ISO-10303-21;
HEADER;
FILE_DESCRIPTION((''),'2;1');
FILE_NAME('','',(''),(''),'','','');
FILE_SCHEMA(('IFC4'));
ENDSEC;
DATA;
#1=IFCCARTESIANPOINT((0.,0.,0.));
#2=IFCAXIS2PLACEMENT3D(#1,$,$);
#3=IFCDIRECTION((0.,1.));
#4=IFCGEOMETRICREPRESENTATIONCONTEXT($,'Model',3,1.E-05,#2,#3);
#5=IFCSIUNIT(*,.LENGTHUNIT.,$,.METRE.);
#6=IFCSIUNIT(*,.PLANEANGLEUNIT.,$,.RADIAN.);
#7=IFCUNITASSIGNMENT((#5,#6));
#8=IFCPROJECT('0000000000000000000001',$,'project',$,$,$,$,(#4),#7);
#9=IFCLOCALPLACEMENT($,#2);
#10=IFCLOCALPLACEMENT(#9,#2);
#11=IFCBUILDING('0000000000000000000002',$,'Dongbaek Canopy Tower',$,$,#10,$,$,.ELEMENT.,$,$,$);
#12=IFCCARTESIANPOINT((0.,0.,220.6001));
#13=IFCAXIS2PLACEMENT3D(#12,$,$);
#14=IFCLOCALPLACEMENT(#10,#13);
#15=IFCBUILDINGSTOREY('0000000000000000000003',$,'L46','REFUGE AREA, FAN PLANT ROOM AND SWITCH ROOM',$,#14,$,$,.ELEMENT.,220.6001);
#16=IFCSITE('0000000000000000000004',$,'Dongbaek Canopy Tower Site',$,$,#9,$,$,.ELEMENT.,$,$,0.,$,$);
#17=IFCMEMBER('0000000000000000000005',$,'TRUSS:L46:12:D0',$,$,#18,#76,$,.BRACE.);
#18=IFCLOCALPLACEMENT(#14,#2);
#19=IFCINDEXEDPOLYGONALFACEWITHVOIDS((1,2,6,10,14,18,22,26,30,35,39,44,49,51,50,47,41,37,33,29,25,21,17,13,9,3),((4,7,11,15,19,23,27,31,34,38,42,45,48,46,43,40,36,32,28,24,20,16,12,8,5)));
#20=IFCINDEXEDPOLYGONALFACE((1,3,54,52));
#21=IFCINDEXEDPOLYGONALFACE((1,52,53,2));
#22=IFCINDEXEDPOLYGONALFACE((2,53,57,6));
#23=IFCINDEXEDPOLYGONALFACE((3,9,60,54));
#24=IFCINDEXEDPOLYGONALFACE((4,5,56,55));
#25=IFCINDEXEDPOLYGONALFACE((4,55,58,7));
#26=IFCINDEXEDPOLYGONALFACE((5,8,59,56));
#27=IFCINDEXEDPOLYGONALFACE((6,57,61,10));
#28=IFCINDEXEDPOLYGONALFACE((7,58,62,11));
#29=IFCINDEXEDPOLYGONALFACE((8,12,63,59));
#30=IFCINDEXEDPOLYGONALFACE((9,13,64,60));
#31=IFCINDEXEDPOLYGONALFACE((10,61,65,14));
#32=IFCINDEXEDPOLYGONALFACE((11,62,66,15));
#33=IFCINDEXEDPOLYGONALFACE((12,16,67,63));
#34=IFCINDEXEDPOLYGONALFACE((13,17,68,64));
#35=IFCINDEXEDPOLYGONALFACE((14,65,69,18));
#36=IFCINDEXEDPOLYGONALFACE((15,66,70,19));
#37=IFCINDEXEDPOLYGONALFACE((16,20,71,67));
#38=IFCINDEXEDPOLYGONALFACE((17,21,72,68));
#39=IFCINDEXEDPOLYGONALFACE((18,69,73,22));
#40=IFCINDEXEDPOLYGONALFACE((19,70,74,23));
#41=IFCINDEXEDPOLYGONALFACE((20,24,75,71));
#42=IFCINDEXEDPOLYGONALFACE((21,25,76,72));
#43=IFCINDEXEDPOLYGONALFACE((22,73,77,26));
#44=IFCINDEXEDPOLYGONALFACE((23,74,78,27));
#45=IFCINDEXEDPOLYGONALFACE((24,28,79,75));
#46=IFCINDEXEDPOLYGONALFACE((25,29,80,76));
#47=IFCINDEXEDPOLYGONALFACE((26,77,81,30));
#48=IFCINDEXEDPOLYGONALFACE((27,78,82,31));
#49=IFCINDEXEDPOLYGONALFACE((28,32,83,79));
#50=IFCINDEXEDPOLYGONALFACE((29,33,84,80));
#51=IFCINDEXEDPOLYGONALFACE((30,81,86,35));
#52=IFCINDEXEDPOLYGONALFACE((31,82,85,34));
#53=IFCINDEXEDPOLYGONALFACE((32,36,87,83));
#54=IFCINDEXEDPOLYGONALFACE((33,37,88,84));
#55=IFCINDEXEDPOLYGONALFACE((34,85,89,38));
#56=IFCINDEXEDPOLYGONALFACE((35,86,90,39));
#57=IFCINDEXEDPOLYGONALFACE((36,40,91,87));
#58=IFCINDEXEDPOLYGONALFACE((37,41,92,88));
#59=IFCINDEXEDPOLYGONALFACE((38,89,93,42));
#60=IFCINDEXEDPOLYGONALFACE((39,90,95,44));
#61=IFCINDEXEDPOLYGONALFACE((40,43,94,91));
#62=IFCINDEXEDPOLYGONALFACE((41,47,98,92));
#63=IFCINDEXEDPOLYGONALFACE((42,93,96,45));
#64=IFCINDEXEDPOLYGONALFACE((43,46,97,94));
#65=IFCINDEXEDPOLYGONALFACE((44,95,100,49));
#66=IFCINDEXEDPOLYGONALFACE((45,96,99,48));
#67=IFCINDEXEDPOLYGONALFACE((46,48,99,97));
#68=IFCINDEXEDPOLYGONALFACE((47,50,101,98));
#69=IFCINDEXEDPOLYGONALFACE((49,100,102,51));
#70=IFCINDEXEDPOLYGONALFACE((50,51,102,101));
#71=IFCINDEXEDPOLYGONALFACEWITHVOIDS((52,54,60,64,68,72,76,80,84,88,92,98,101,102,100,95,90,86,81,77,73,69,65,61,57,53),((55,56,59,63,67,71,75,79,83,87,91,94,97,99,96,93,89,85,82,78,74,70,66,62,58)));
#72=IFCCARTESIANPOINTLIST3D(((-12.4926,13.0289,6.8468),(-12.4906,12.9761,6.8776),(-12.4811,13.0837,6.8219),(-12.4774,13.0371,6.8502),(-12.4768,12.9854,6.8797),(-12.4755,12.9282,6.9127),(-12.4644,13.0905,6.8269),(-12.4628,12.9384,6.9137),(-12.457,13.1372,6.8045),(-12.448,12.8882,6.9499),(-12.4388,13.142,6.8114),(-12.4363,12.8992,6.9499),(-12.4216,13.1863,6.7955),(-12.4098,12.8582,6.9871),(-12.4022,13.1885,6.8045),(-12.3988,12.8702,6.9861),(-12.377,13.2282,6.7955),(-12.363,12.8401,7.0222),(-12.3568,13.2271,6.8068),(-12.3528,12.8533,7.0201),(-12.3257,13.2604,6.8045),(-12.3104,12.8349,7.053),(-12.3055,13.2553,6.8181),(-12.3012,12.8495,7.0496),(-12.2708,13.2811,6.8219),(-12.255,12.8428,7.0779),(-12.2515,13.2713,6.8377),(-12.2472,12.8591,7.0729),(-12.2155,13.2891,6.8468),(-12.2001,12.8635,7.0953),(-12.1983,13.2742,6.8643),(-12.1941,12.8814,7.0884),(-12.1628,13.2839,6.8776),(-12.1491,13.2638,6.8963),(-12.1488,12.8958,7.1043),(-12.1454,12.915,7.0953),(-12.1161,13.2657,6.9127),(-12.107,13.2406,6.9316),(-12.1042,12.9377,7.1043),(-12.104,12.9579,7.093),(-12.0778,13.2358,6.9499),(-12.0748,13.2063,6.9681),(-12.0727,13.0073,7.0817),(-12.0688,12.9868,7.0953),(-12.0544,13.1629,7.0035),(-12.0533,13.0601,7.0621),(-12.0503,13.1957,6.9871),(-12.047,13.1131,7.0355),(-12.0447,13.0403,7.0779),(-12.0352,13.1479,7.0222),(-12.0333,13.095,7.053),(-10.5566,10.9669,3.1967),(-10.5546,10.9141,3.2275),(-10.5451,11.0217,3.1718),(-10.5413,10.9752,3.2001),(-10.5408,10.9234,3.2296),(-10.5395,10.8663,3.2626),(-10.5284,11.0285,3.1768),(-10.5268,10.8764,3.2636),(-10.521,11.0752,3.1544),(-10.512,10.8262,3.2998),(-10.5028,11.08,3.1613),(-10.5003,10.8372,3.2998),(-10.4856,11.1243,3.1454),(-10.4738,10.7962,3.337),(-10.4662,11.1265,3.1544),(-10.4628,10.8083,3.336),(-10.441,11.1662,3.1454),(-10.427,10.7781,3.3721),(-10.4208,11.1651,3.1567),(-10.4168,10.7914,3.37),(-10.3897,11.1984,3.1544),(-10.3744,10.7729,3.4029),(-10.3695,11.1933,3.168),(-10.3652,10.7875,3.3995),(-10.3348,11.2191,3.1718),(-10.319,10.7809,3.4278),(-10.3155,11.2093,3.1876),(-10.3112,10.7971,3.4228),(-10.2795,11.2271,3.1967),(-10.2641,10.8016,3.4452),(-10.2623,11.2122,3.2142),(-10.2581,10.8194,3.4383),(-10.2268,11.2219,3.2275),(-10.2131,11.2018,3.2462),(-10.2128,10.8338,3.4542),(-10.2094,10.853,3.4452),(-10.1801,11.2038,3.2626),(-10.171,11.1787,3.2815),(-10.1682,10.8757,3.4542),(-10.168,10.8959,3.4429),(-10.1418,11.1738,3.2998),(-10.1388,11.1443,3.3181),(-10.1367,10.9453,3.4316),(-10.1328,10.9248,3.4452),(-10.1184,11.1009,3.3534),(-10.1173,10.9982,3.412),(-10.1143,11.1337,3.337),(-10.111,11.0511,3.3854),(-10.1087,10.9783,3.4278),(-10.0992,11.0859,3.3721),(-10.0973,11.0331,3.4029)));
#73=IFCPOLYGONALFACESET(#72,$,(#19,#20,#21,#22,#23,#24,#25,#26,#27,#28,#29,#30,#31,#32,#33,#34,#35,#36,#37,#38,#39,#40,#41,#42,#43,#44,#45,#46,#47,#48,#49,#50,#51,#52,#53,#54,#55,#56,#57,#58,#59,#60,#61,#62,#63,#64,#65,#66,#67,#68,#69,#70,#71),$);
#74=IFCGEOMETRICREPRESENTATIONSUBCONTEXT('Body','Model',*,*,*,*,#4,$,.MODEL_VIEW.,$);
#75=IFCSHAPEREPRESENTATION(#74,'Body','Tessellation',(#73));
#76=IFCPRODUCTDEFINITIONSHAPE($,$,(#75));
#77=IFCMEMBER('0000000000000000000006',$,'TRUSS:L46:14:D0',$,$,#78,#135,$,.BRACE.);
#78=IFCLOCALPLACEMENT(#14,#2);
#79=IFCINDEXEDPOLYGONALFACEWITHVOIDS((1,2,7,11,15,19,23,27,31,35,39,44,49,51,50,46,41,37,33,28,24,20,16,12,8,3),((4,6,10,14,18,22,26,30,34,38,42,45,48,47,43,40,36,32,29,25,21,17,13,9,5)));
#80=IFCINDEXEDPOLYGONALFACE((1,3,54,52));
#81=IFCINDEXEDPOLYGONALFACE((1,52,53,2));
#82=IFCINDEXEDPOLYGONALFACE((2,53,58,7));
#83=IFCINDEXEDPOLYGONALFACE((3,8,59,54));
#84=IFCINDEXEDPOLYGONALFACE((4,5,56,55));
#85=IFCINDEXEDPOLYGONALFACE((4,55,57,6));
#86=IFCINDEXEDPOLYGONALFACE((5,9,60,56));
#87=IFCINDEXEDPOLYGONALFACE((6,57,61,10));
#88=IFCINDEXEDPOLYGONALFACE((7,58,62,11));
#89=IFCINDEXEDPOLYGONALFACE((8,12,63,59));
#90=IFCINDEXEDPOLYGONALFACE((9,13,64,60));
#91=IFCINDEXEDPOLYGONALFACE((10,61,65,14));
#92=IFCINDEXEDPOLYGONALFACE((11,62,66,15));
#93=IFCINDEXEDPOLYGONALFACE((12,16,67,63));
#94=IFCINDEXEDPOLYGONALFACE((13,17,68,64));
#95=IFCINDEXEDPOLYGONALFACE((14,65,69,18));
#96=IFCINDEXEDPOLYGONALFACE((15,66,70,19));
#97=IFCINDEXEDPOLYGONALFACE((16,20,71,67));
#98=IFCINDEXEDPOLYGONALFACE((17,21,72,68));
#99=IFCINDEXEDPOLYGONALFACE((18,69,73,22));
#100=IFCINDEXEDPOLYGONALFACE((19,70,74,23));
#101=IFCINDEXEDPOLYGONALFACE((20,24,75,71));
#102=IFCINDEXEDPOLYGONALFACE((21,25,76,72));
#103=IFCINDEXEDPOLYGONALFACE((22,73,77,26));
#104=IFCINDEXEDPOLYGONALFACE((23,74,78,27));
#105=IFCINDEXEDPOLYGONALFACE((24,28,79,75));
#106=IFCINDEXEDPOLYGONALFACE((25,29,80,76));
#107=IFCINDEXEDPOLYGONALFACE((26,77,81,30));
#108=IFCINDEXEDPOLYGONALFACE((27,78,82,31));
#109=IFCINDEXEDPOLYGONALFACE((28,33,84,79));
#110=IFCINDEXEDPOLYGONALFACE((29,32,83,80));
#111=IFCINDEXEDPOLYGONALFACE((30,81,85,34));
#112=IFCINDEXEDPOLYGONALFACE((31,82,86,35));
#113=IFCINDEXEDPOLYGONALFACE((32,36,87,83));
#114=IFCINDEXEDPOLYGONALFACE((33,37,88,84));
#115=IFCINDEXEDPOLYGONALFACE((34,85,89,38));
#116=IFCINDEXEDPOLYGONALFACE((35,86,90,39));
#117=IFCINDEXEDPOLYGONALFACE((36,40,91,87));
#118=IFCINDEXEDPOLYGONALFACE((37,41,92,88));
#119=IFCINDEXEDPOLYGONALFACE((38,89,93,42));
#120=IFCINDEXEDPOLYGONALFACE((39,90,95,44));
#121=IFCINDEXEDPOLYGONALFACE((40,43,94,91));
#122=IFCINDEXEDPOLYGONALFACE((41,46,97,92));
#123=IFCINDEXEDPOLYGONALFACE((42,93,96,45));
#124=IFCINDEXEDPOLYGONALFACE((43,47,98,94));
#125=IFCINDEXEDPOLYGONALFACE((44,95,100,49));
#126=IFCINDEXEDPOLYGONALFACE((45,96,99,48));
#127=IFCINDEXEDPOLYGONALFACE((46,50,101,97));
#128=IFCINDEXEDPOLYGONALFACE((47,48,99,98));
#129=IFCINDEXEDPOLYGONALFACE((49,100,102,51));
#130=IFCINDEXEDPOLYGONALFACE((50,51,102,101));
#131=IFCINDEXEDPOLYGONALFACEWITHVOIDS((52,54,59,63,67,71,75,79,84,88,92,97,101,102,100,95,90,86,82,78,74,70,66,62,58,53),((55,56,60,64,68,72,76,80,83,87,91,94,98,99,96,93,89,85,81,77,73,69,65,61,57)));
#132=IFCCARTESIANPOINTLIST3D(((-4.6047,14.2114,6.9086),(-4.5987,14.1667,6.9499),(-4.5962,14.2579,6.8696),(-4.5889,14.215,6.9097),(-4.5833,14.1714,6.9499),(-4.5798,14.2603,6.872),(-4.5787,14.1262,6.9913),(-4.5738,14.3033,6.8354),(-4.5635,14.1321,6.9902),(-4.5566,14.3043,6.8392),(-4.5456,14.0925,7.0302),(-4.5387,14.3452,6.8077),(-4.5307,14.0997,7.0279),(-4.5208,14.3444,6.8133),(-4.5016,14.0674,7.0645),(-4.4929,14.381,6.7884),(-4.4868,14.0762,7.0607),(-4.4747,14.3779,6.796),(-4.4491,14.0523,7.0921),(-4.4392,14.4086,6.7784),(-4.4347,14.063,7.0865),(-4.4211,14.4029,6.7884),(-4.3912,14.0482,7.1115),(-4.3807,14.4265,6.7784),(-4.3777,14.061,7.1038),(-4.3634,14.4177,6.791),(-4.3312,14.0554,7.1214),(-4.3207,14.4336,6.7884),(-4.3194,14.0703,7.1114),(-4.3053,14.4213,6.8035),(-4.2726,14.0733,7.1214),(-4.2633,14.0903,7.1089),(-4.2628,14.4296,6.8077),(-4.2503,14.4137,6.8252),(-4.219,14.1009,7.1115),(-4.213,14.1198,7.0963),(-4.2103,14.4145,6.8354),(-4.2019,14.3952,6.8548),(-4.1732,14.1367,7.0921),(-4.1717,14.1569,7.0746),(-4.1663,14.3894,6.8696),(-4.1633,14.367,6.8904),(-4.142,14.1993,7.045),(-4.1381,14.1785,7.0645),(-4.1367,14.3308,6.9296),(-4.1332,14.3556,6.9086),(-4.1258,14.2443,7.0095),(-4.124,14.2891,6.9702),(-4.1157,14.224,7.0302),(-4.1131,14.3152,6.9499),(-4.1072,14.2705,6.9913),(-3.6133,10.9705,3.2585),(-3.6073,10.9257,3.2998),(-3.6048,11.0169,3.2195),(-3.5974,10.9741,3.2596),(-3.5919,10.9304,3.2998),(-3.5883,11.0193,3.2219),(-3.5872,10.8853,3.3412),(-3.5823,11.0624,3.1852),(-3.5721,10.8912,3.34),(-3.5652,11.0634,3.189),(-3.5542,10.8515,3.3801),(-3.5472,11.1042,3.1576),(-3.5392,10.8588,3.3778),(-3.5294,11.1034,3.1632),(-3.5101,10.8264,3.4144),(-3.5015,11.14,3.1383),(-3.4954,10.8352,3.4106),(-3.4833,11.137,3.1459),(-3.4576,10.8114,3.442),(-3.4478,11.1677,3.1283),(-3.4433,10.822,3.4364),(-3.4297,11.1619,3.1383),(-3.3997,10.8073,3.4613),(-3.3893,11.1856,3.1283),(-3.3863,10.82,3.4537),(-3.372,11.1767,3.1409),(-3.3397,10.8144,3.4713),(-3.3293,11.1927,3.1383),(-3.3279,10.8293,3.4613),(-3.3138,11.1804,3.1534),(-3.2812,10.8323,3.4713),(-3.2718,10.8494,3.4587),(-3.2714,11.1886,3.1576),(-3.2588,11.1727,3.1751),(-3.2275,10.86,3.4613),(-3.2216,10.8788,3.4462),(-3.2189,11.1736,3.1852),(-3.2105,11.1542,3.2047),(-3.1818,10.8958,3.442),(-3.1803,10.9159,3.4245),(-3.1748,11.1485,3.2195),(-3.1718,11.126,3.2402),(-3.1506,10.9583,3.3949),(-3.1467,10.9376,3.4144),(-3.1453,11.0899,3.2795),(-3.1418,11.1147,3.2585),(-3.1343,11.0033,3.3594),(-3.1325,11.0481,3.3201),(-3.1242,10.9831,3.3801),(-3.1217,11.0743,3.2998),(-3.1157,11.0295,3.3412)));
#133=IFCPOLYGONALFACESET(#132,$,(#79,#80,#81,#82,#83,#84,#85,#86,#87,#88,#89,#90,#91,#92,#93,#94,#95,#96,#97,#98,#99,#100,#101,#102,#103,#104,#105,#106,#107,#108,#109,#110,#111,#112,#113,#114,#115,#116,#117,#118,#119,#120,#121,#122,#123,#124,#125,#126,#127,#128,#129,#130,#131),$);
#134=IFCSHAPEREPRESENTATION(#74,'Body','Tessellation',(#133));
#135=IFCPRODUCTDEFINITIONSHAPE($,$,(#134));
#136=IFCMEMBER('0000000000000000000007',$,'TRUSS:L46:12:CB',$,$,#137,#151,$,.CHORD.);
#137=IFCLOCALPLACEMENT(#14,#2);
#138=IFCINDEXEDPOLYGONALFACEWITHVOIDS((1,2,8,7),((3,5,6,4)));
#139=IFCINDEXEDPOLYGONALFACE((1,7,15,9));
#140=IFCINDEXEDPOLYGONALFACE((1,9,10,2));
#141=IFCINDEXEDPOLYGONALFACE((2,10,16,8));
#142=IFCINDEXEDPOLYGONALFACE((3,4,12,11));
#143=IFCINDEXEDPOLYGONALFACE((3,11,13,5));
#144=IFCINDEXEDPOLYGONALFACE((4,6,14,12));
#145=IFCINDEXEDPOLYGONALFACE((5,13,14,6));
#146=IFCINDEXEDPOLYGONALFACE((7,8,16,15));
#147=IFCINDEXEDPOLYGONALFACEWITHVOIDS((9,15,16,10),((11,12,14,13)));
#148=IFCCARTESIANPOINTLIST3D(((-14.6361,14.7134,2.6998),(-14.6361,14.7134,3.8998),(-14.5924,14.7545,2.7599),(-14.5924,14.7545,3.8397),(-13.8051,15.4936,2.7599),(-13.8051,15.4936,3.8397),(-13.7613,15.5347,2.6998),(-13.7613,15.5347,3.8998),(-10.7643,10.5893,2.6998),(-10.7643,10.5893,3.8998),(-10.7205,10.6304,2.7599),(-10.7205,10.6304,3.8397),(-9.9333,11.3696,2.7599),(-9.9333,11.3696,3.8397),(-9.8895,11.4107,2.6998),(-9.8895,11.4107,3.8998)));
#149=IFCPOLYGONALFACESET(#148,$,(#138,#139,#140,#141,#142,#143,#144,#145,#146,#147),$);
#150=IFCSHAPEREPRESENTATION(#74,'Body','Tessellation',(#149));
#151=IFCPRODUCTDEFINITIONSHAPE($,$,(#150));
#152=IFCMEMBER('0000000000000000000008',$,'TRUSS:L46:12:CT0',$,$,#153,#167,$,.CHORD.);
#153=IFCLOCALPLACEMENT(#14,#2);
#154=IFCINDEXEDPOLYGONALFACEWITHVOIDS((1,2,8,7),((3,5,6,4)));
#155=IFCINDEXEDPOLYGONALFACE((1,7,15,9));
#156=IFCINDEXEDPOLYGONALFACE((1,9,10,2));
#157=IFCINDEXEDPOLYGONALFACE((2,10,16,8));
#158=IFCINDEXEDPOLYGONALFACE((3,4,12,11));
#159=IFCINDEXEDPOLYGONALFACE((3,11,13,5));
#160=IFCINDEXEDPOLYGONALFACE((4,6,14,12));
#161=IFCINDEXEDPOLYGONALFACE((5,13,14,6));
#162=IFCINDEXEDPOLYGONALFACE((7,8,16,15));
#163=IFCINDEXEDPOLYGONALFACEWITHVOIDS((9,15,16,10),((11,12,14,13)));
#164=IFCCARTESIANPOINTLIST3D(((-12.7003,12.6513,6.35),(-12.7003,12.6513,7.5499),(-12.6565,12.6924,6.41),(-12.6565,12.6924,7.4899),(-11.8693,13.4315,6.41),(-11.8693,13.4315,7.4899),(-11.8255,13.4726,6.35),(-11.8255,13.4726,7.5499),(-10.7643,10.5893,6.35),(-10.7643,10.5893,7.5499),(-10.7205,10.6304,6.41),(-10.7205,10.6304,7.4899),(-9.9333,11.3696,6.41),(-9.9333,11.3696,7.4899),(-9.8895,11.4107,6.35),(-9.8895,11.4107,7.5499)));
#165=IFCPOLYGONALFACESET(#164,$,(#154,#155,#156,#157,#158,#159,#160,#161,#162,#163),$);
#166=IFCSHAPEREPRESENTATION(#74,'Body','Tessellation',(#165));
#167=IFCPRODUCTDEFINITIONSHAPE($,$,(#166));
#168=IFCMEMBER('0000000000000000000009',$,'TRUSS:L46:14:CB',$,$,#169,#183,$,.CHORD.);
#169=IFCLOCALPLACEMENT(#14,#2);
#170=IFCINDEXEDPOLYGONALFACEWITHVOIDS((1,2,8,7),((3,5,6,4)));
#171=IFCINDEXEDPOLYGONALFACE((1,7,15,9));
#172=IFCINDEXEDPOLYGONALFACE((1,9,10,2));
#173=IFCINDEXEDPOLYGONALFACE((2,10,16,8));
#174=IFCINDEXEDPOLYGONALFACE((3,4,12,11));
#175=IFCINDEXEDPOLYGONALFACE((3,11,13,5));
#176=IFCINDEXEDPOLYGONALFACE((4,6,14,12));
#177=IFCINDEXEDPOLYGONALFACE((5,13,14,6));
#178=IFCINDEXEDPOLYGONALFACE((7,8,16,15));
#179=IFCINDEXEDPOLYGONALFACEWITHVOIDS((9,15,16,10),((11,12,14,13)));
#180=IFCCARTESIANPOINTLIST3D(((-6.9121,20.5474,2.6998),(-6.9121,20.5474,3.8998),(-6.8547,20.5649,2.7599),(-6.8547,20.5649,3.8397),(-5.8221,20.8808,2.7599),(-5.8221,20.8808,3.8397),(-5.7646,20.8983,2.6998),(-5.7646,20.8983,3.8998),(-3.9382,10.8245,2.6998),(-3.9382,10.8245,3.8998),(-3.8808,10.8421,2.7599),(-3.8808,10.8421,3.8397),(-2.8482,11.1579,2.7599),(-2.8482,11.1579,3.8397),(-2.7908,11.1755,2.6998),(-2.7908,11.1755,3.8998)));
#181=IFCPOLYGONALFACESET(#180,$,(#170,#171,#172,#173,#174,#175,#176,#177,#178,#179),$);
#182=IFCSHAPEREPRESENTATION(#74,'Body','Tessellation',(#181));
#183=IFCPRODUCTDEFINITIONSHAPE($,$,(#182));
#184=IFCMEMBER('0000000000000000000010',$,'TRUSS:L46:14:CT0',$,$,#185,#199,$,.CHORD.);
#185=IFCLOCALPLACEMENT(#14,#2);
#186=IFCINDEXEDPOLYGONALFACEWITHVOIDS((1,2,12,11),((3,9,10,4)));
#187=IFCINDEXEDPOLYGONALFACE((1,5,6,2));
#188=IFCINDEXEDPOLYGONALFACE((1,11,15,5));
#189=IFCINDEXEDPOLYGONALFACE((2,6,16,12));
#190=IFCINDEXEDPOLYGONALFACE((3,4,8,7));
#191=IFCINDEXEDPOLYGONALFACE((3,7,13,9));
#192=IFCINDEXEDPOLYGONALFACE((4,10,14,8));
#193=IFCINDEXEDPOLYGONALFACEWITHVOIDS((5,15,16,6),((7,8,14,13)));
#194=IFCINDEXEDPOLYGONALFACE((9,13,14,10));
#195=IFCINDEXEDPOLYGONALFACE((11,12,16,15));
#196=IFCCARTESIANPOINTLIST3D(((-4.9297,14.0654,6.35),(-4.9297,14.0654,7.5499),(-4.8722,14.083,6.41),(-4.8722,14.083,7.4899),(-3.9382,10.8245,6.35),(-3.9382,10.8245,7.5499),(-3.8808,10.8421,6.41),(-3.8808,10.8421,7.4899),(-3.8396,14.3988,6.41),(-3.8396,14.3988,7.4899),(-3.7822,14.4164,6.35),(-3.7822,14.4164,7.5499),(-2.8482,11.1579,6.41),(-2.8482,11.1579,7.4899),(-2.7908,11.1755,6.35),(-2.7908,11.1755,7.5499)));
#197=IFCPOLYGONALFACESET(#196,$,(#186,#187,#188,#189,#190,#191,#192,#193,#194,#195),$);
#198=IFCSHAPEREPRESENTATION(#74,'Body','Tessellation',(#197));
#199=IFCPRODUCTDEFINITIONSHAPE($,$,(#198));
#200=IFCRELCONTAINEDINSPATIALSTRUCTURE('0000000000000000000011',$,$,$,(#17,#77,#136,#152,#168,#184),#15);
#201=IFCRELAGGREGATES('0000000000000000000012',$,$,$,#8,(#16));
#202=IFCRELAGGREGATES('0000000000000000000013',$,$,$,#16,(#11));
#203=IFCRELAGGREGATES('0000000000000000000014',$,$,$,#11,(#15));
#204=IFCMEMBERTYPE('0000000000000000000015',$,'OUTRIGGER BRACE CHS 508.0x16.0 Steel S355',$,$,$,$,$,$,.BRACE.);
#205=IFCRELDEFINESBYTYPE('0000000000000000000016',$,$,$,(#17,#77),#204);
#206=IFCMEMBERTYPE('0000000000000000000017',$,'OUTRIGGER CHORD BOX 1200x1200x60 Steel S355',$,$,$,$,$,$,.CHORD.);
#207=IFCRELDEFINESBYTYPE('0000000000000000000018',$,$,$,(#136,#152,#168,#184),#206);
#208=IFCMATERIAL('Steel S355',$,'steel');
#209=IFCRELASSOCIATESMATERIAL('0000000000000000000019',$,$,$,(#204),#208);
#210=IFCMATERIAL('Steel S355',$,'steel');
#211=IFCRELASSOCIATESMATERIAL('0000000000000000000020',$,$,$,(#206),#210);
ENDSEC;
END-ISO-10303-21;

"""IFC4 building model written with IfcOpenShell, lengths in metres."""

from ifc_helpers import new_model, si_unit, direction, frame, origin, origin_2d, place, context, subcontext, project, spatial, hollow_rectangle, hollow_circle, extrude, material, material_profile, profile_set, type_object, element, save


model = new_model("IFC4")

# Units and contexts
model_context = context("Model", 3, precision=1e-05, world=origin(), true_north=direction((0.0, 1.0)))
body_context = subcontext(model_context, "Body", "Model", "MODEL_VIEW")
ifc_project = project(units=[si_unit("LENGTHUNIT", "METRE"), si_unit("PLANEANGLEUNIT", "RADIAN")], contexts=[model_context])

# Site, building, storey
site_placement = place(None, origin())
site = spatial("IfcSite", under=ifc_project, at=site_placement, Name="Dongbaek Canopy Tower Site", CompositionType="ELEMENT", RefElevation=0.0)
building_placement = place(site_placement, origin())
building = spatial("IfcBuilding", under=site, at=building_placement, Name="Dongbaek Canopy Tower", CompositionType="ELEMENT")
storey_placement = place(building_placement, frame((0.0, 0.0, 220.6001)))
storey = spatial("IfcBuildingStorey", under=building, at=storey_placement, Name="L46", Description="REFUGE AREA, FAN PLANT ROOM AND SWITCH ROOM", CompositionType="ELEMENT", Elevation=220.6001)

# Members
ifc_material_1 = material(Name="Steel S355", Category="steel")
ifc_material_profile_1 = material_profile(ifc_material_1, hollow_circle(Radius=0.2539, WallThickness=0.0161, at=origin_2d()), Name="OUTRIGGER BRACE CHS 508.0x16.0 Steel S355")
ifc_profile_set_1 = profile_set([ifc_material_profile_1], Name="Steel S355")
member_type_1 = type_object("IfcMemberType", Name="OUTRIGGER BRACE CHS 508.0x16.0 Steel S355", PredefinedType="BRACE", material=ifc_profile_set_1)
member_1_placement = place(storey_placement, frame((-10.3269, 11.0, 3.2998), z_axis=(-0.419259, 0.44654, 0.790459), x_axis=(-0.729026, -0.684486, 0.0)))
element("IfcMember", 1, at=member_1_placement, inside=storey, type_object=member_type_1, Name="TRUSS:L46:12:D0", PredefinedType="BRACE", context=body_context, shape_type="SweptSolid", body=[
    extrude(hollow_circle(Radius=0.2539, WallThickness=0.0161, at=origin_2d()), origin(), (0.0, 0.0, 1.0), 4.6177),
])
member_2_placement = place(storey_placement, frame((-3.3645, 11.0, 3.2998), z_axis=(-0.199047, 0.650665, 0.732813), x_axis=(-0.956256, -0.292531, 0.0)))
element("IfcMember", 2, at=member_2_placement, inside=storey, type_object=member_type_1, Name="TRUSS:L46:14:D0", PredefinedType="BRACE", context=body_context, shape_type="SweptSolid", body=[
    extrude(hollow_circle(Radius=0.2539, WallThickness=0.0161, at=origin_2d()), origin(), (0.0, 0.0, 1.0), 4.981),
])
ifc_material_2 = material(Name="Steel S355", Category="steel")
ifc_material_profile_2 = material_profile(ifc_material_2, hollow_rectangle(XDim=1.2, YDim=1.2, WallThickness=0.0601, at=origin_2d()), Name="OUTRIGGER CHORD BOX 1200x1200x60 Steel S355")
ifc_profile_set_2 = profile_set([ifc_material_profile_2], Name="Steel S355")
member_type_2 = type_object("IfcMemberType", Name="OUTRIGGER CHORD BOX 1200x1200x60 Steel S355", PredefinedType="CHORD", material=ifc_profile_set_2)
member_3_placement = place(storey_placement, frame((-10.3269, 11.0, 3.2998), z_axis=(-0.684464, 0.729047, 0.0), x_axis=(-0.729047, -0.684464, 0.0)))
element("IfcMember", 3, at=member_3_placement, inside=storey, type_object=member_type_2, Name="TRUSS:L46:12:CB", PredefinedType="CHORD", context=body_context, shape_type="SweptSolid", body=[
    extrude(hollow_rectangle(XDim=1.2, YDim=1.2, WallThickness=0.0601, at=origin_2d()), origin(), (0.0, 0.0, 1.0), 5.6567),
])
member_4_placement = place(storey_placement, frame((-10.3269, 11.0, 6.95), z_axis=(-0.684486, 0.729026, 0.0), x_axis=(-0.729026, -0.684486, 0.0)))
element("IfcMember", 4, at=member_4_placement, inside=storey, type_object=member_type_2, Name="TRUSS:L46:12:CT0", PredefinedType="CHORD", context=body_context, shape_type="SweptSolid", body=[
    extrude(hollow_rectangle(XDim=1.2, YDim=1.2, WallThickness=0.0601, at=origin_2d()), origin(), (0.0, 0.0, 1.0), 2.8284),
])
member_5_placement = place(storey_placement, frame((-3.3645, 11.0, 3.2998), z_axis=(-0.292488, 0.956269, 0.0), x_axis=(-0.956269, -0.292488, 0.0)))
element("IfcMember", 5, at=member_5_placement, inside=storey, type_object=member_type_2, Name="TRUSS:L46:14:CB", PredefinedType="CHORD", context=body_context, shape_type="SweptSolid", body=[
    extrude(hollow_rectangle(XDim=1.2, YDim=1.2, WallThickness=0.0601, at=origin_2d()), origin(), (0.0, 0.0, 1.0), 10.1675),
])
member_6_placement = place(storey_placement, frame((-3.3645, 11.0, 6.95), z_axis=(-0.292531, 0.956256, 0.0), x_axis=(-0.956256, -0.292531, 0.0)))
element("IfcMember", 6, at=member_6_placement, inside=storey, type_object=member_type_2, Name="TRUSS:L46:14:CT0", PredefinedType="CHORD", context=body_context, shape_type="SweptSolid", body=[
    extrude(hollow_rectangle(XDim=1.2, YDim=1.2, WallThickness=0.0601, at=origin_2d()), origin(), (0.0, 0.0, 1.0), 3.3892),
])

save(model, "model.ifc")
